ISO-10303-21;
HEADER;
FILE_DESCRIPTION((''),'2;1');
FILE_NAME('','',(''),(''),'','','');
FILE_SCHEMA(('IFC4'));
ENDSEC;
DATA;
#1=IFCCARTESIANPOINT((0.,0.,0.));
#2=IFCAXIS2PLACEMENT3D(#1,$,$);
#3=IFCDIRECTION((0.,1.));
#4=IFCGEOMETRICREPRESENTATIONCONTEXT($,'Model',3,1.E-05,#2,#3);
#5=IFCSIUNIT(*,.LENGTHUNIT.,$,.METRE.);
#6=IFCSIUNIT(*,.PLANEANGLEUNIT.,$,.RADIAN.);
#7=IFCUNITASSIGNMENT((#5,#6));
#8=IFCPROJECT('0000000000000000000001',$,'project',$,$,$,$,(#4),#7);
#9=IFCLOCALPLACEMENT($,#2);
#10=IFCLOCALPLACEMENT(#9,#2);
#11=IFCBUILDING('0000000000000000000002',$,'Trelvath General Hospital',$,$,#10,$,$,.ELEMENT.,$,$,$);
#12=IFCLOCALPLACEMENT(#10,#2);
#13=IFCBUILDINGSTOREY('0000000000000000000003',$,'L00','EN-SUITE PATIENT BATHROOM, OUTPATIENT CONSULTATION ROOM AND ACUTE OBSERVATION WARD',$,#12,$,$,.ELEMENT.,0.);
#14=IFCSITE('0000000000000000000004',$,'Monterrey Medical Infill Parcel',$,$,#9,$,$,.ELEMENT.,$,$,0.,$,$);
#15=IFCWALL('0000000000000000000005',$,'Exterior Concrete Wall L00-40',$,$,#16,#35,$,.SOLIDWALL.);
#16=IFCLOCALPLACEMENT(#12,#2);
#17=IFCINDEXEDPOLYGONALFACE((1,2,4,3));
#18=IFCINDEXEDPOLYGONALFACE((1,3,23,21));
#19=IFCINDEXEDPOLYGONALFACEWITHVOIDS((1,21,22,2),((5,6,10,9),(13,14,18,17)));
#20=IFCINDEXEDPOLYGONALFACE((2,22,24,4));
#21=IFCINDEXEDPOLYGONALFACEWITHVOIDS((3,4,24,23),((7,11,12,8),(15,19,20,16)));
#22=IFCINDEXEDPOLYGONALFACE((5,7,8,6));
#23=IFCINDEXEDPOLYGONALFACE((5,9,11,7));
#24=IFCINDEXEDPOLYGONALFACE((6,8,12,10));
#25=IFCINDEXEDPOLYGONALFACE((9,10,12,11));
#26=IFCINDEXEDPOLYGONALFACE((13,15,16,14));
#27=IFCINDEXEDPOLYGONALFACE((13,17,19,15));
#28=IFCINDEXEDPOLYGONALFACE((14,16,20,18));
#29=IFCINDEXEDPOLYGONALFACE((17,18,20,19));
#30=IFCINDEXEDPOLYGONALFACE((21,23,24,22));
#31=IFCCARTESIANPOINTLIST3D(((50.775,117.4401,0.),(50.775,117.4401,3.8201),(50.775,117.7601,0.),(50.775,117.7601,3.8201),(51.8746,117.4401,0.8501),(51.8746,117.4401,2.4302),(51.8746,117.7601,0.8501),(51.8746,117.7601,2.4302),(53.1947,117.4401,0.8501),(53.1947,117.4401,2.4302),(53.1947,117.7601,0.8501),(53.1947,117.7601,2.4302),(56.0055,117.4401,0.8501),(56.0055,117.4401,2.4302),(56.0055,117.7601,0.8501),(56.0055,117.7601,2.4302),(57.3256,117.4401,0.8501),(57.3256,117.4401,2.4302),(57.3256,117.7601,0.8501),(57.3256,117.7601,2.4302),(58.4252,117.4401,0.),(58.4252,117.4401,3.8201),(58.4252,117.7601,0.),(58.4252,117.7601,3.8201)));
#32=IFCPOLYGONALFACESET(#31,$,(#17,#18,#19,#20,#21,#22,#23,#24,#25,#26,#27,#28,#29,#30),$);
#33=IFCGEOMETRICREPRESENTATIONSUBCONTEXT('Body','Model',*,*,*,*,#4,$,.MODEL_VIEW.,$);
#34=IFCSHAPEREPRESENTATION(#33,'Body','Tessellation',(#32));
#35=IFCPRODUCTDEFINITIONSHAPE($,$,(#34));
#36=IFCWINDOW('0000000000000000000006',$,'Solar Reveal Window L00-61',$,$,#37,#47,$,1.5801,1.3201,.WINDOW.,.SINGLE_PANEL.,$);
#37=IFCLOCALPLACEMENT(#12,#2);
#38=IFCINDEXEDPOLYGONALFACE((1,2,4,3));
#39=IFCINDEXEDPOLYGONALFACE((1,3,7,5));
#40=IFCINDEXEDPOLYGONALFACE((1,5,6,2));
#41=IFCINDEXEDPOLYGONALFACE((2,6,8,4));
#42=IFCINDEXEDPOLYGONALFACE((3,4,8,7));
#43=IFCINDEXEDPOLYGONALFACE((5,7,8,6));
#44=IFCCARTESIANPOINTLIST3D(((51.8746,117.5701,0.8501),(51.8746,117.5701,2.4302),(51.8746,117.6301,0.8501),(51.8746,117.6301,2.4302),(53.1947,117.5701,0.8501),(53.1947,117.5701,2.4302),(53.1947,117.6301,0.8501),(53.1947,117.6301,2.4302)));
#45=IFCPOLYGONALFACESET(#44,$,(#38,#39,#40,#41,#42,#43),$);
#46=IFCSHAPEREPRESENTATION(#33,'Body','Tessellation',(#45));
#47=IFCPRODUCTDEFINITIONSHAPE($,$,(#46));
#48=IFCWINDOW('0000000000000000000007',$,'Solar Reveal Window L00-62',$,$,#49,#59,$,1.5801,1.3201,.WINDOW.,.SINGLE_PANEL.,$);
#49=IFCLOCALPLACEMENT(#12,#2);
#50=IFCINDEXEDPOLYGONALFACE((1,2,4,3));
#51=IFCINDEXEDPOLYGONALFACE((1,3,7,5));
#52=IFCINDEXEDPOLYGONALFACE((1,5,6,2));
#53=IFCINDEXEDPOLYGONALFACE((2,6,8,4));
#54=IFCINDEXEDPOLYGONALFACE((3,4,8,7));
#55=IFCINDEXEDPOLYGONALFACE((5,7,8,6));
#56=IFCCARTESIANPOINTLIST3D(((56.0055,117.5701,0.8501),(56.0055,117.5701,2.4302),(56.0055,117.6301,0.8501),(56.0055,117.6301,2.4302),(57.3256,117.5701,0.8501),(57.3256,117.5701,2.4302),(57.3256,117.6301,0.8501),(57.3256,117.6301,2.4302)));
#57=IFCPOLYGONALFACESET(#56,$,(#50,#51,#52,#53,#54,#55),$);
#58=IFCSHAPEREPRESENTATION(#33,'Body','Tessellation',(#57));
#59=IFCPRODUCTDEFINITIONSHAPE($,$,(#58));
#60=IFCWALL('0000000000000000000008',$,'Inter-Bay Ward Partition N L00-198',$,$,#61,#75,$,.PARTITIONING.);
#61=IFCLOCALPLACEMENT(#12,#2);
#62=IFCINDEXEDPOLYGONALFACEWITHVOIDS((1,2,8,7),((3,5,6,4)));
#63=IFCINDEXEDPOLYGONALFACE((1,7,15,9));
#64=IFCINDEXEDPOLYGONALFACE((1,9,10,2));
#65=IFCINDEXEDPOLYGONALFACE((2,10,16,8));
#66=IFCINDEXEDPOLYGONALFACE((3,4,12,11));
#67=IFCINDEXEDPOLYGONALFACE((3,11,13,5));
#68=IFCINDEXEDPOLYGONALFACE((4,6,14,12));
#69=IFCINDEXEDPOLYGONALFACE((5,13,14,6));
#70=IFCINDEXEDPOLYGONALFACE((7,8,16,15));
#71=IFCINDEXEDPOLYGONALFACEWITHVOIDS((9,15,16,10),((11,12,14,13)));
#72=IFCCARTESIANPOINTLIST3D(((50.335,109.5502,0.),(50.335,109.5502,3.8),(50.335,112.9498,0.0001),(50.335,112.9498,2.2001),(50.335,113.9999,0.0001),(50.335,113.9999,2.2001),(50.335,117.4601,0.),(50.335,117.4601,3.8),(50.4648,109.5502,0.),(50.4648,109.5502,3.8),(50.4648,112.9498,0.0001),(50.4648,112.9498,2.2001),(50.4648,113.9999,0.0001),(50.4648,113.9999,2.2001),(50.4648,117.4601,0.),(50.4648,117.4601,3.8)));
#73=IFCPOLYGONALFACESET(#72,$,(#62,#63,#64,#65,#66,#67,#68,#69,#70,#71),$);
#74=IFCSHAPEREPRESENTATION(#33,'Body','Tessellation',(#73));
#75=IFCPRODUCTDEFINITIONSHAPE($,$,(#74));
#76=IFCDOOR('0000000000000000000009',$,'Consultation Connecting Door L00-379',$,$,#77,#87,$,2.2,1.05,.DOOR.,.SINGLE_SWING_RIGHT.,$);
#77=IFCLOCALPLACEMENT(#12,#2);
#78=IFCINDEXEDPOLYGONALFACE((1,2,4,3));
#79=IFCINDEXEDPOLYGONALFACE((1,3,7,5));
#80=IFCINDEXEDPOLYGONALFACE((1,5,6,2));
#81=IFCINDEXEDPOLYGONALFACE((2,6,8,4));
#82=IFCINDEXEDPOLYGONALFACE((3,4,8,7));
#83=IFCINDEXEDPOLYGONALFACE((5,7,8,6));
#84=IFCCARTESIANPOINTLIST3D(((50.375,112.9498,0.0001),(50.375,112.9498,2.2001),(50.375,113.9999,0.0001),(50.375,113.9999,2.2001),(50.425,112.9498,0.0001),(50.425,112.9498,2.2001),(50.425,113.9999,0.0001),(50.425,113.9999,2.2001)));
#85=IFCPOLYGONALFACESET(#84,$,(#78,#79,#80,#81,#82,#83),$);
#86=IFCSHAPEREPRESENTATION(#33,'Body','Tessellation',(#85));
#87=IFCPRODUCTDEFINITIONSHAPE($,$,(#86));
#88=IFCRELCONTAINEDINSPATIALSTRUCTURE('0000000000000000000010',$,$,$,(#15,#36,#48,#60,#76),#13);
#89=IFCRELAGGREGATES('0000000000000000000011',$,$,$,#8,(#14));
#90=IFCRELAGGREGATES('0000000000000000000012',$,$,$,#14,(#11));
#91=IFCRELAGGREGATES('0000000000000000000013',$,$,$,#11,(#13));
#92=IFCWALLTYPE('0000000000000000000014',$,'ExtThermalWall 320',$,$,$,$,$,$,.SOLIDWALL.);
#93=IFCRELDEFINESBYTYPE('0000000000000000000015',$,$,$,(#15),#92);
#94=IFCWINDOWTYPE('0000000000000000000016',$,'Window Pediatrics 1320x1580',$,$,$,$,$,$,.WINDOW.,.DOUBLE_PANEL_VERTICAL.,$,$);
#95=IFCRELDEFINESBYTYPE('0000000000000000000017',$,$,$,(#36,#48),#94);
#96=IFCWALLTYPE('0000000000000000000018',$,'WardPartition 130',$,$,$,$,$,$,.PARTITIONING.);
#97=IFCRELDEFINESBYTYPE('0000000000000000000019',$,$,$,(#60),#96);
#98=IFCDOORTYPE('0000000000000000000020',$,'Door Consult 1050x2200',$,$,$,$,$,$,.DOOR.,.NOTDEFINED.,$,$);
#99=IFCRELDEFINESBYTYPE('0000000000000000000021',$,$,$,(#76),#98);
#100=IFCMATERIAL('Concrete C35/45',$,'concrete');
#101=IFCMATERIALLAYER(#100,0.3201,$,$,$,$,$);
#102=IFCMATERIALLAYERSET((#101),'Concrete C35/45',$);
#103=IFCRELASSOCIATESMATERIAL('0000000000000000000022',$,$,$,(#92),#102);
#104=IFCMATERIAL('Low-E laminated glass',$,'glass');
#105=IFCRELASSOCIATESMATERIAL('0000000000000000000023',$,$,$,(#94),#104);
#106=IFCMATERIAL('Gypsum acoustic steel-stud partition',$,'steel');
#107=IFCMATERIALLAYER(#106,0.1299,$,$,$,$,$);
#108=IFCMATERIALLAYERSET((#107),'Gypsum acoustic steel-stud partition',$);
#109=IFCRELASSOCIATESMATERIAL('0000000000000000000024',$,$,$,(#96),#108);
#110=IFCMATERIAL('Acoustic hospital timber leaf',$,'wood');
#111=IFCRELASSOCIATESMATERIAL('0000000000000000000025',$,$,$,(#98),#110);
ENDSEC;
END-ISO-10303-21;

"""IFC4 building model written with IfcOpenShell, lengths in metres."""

from ifc_helpers import new_model, si_unit, direction, frame, frame_2d, origin, place, context, subcontext, project, spatial, rectangle, extrude, material, layer, layer_set, type_object, element, fill, save


model = new_model("IFC4")

# Units and contexts
model_context = context("Model", 3, precision=1e-05, world=origin(), true_north=direction((0.0, 1.0)))
body_context = subcontext(model_context, "Body", "Model", "MODEL_VIEW")
ifc_project = project(units=[si_unit("LENGTHUNIT", "METRE"), si_unit("PLANEANGLEUNIT", "RADIAN")], contexts=[model_context])

# Site, building, storey
site_placement = place(None, origin())
site = spatial("IfcSite", under=ifc_project, at=site_placement, Name="Monterrey Medical Infill Parcel", CompositionType="ELEMENT", RefElevation=0.0)
building_placement = place(site_placement, origin())
building = spatial("IfcBuilding", under=site, at=building_placement, Name="Trelvath General Hospital", CompositionType="ELEMENT")
storey_placement = place(building_placement, origin())
storey = spatial("IfcBuildingStorey", under=building, at=storey_placement, Name="L00", Description="EN-SUITE PATIENT BATHROOM, OUTPATIENT CONSULTATION ROOM AND ACUTE OBSERVATION WARD", CompositionType="ELEMENT", Elevation=0.0)

# Wall, openings, windows
ifc_material_1 = material(Name="Concrete C35/45", Category="concrete")
ifc_layer_1 = layer(ifc_material_1, 0.3201)
ifc_layer_set_1 = layer_set([ifc_layer_1], Name="Concrete C35/45")
wall_type_1 = type_object("IfcWallType", Name="ExtThermalWall 320", PredefinedType="SOLIDWALL", material=ifc_layer_set_1)
wall_1_placement = place(storey_placement, frame((50.7749, 117.6001, 0.0), z_axis=(0.0, 0.0, 1.0), x_axis=(1.0, 0.0, 0.0)))
wall_1 = element("IfcWall", 1, at=wall_1_placement, inside=storey, type_object=wall_type_1, Name="Exterior Concrete Wall L00-40", PredefinedType="SOLIDWALL", context=body_context, shape_type="SweptSolid", body=[
    extrude(rectangle(XDim=7.6501, YDim=0.3201, at=frame_2d((3.8252, 0.0))), origin(), (0.0, 0.0, 1.0), 3.8201),
])
opening_1_placement = place(wall_1_placement, frame((1.0996, 0.0, 0.8501)))
opening_1 = element("IfcOpeningElement", 2, at=opening_1_placement, cuts=wall_1, PredefinedType="OPENING", context=body_context, shape_type="SweptSolid", body=[
    extrude(rectangle(XDim=1.3201, YDim=1.5801, at=frame_2d((0.6602, 0.79))), frame((0.0, 0.1699, 0.0), z_axis=(0.0, -1.0, 0.0), x_axis=(1.0, 0.0, 0.0)), (0.0, 0.0, 1.0), 0.3401),
])
opening_2_placement = place(wall_1_placement, frame((5.2305, 0.0, 0.8501)))
opening_2 = element("IfcOpeningElement", 3, at=opening_2_placement, cuts=wall_1, PredefinedType="OPENING", context=body_context, shape_type="SweptSolid", body=[
    extrude(rectangle(XDim=1.3201, YDim=1.5801, at=frame_2d((0.6602, 0.79))), frame((0.0, 0.1699, 0.0), z_axis=(0.0, -1.0, 0.0), x_axis=(1.0, 0.0, 0.0)), (0.0, 0.0, 1.0), 0.3401),
])
ifc_material_2 = material(Name="Low-E laminated glass", Category="glass")
window_type = type_object("IfcWindowType", Name="Window Pediatrics 1320x1580", PartitioningType="DOUBLE_PANEL_VERTICAL", PredefinedType="WINDOW", material=ifc_material_2)
window_1_placement = place(opening_1_placement, origin())
window_1 = element("IfcWindow", 4, at=window_1_placement, inside=storey, type_object=window_type, Name="Solar Reveal Window L00-61", OverallHeight=1.5801, OverallWidth=1.3201, PartitioningType="SINGLE_PANEL", PredefinedType="WINDOW", context=body_context, shape_type="SweptSolid", body=[
    extrude(rectangle(XDim=1.3201, YDim=1.5801, at=frame_2d((0.6602, 0.79))), frame((0.0, 0.03, 0.0), z_axis=(0.0, -1.0, 0.0), x_axis=(1.0, 0.0, 0.0)), (0.0, 0.0, 1.0), 0.0601),
])
fill(opening_1, window_1)
window_2_placement = place(opening_2_placement, origin())
window_2 = element("IfcWindow", 5, at=window_2_placement, inside=storey, type_object=window_type, Name="Solar Reveal Window L00-62", OverallHeight=1.5801, OverallWidth=1.3201, PartitioningType="SINGLE_PANEL", PredefinedType="WINDOW", context=body_context, shape_type="SweptSolid", body=[
    extrude(rectangle(XDim=1.3201, YDim=1.5801, at=frame_2d((0.6602, 0.79))), frame((0.0, 0.03, 0.0), z_axis=(0.0, -1.0, 0.0), x_axis=(1.0, 0.0, 0.0)), (0.0, 0.0, 1.0), 0.0601),
])
fill(opening_2, window_2)

# Wall, opening, door
ifc_material_3 = material(Name="Gypsum acoustic steel-stud partition", Category="steel")
ifc_layer_2 = layer(ifc_material_3, 0.1299)
ifc_layer_set_2 = layer_set([ifc_layer_2], Name="Gypsum acoustic steel-stud partition")
wall_type_2 = type_object("IfcWallType", Name="WardPartition 130", PredefinedType="PARTITIONING", material=ifc_layer_set_2)
wall_2_placement = place(storey_placement, frame((50.3999, 109.55, 0.0), z_axis=(0.0, 0.0, 1.0), x_axis=(0.0, 1.0, 0.0)))
wall_2 = element("IfcWall", 6, at=wall_2_placement, inside=storey, type_object=wall_type_2, Name="Inter-Bay Ward Partition N L00-198", PredefinedType="PARTITIONING", context=body_context, shape_type="SweptSolid", body=[
    extrude(rectangle(XDim=7.9099, YDim=0.1299, at=frame_2d((3.9551, 0.0))), origin(), (0.0, 0.0, 1.0), 3.8),
])
opening_3_placement = place(wall_2_placement, frame((3.3999, 0.0, 0.0)))
opening_3 = element("IfcOpeningElement", 7, at=opening_3_placement, cuts=wall_2, PredefinedType="OPENING", context=body_context, shape_type="SweptSolid", body=[
    extrude(rectangle(XDim=1.05, YDim=2.2, at=frame_2d((0.5249, 1.1001))), frame((0.0, 0.075, 0.0), z_axis=(0.0, -1.0, 0.0), x_axis=(1.0, 0.0, 0.0)), (0.0, 0.0, 1.0), 0.1499),
])
ifc_material_4 = material(Name="Acoustic hospital timber leaf", Category="wood")
door_type_1 = type_object("IfcDoorType", Name="Door Consult 1050x2200", OperationType="NOTDEFINED", PredefinedType="DOOR", material=ifc_material_4)
door_1_placement = place(opening_3_placement, origin())
door_1 = element("IfcDoor", 8, at=door_1_placement, inside=storey, type_object=door_type_1, Name="Consultation Connecting Door L00-379", OperationType="SINGLE_SWING_RIGHT", OverallHeight=2.2, OverallWidth=1.05, PredefinedType="DOOR", context=body_context, shape_type="SweptSolid", body=[
    extrude(rectangle(XDim=1.05, YDim=2.2, at=frame_2d((0.5249, 1.1001))), frame((0.0, 0.0249, 0.0), z_axis=(0.0, -1.0, 0.0), x_axis=(1.0, 0.0, 0.0)), (0.0, 0.0, 1.0), 0.05),
])
fill(opening_3, door_1)

save(model, "model.ifc")
